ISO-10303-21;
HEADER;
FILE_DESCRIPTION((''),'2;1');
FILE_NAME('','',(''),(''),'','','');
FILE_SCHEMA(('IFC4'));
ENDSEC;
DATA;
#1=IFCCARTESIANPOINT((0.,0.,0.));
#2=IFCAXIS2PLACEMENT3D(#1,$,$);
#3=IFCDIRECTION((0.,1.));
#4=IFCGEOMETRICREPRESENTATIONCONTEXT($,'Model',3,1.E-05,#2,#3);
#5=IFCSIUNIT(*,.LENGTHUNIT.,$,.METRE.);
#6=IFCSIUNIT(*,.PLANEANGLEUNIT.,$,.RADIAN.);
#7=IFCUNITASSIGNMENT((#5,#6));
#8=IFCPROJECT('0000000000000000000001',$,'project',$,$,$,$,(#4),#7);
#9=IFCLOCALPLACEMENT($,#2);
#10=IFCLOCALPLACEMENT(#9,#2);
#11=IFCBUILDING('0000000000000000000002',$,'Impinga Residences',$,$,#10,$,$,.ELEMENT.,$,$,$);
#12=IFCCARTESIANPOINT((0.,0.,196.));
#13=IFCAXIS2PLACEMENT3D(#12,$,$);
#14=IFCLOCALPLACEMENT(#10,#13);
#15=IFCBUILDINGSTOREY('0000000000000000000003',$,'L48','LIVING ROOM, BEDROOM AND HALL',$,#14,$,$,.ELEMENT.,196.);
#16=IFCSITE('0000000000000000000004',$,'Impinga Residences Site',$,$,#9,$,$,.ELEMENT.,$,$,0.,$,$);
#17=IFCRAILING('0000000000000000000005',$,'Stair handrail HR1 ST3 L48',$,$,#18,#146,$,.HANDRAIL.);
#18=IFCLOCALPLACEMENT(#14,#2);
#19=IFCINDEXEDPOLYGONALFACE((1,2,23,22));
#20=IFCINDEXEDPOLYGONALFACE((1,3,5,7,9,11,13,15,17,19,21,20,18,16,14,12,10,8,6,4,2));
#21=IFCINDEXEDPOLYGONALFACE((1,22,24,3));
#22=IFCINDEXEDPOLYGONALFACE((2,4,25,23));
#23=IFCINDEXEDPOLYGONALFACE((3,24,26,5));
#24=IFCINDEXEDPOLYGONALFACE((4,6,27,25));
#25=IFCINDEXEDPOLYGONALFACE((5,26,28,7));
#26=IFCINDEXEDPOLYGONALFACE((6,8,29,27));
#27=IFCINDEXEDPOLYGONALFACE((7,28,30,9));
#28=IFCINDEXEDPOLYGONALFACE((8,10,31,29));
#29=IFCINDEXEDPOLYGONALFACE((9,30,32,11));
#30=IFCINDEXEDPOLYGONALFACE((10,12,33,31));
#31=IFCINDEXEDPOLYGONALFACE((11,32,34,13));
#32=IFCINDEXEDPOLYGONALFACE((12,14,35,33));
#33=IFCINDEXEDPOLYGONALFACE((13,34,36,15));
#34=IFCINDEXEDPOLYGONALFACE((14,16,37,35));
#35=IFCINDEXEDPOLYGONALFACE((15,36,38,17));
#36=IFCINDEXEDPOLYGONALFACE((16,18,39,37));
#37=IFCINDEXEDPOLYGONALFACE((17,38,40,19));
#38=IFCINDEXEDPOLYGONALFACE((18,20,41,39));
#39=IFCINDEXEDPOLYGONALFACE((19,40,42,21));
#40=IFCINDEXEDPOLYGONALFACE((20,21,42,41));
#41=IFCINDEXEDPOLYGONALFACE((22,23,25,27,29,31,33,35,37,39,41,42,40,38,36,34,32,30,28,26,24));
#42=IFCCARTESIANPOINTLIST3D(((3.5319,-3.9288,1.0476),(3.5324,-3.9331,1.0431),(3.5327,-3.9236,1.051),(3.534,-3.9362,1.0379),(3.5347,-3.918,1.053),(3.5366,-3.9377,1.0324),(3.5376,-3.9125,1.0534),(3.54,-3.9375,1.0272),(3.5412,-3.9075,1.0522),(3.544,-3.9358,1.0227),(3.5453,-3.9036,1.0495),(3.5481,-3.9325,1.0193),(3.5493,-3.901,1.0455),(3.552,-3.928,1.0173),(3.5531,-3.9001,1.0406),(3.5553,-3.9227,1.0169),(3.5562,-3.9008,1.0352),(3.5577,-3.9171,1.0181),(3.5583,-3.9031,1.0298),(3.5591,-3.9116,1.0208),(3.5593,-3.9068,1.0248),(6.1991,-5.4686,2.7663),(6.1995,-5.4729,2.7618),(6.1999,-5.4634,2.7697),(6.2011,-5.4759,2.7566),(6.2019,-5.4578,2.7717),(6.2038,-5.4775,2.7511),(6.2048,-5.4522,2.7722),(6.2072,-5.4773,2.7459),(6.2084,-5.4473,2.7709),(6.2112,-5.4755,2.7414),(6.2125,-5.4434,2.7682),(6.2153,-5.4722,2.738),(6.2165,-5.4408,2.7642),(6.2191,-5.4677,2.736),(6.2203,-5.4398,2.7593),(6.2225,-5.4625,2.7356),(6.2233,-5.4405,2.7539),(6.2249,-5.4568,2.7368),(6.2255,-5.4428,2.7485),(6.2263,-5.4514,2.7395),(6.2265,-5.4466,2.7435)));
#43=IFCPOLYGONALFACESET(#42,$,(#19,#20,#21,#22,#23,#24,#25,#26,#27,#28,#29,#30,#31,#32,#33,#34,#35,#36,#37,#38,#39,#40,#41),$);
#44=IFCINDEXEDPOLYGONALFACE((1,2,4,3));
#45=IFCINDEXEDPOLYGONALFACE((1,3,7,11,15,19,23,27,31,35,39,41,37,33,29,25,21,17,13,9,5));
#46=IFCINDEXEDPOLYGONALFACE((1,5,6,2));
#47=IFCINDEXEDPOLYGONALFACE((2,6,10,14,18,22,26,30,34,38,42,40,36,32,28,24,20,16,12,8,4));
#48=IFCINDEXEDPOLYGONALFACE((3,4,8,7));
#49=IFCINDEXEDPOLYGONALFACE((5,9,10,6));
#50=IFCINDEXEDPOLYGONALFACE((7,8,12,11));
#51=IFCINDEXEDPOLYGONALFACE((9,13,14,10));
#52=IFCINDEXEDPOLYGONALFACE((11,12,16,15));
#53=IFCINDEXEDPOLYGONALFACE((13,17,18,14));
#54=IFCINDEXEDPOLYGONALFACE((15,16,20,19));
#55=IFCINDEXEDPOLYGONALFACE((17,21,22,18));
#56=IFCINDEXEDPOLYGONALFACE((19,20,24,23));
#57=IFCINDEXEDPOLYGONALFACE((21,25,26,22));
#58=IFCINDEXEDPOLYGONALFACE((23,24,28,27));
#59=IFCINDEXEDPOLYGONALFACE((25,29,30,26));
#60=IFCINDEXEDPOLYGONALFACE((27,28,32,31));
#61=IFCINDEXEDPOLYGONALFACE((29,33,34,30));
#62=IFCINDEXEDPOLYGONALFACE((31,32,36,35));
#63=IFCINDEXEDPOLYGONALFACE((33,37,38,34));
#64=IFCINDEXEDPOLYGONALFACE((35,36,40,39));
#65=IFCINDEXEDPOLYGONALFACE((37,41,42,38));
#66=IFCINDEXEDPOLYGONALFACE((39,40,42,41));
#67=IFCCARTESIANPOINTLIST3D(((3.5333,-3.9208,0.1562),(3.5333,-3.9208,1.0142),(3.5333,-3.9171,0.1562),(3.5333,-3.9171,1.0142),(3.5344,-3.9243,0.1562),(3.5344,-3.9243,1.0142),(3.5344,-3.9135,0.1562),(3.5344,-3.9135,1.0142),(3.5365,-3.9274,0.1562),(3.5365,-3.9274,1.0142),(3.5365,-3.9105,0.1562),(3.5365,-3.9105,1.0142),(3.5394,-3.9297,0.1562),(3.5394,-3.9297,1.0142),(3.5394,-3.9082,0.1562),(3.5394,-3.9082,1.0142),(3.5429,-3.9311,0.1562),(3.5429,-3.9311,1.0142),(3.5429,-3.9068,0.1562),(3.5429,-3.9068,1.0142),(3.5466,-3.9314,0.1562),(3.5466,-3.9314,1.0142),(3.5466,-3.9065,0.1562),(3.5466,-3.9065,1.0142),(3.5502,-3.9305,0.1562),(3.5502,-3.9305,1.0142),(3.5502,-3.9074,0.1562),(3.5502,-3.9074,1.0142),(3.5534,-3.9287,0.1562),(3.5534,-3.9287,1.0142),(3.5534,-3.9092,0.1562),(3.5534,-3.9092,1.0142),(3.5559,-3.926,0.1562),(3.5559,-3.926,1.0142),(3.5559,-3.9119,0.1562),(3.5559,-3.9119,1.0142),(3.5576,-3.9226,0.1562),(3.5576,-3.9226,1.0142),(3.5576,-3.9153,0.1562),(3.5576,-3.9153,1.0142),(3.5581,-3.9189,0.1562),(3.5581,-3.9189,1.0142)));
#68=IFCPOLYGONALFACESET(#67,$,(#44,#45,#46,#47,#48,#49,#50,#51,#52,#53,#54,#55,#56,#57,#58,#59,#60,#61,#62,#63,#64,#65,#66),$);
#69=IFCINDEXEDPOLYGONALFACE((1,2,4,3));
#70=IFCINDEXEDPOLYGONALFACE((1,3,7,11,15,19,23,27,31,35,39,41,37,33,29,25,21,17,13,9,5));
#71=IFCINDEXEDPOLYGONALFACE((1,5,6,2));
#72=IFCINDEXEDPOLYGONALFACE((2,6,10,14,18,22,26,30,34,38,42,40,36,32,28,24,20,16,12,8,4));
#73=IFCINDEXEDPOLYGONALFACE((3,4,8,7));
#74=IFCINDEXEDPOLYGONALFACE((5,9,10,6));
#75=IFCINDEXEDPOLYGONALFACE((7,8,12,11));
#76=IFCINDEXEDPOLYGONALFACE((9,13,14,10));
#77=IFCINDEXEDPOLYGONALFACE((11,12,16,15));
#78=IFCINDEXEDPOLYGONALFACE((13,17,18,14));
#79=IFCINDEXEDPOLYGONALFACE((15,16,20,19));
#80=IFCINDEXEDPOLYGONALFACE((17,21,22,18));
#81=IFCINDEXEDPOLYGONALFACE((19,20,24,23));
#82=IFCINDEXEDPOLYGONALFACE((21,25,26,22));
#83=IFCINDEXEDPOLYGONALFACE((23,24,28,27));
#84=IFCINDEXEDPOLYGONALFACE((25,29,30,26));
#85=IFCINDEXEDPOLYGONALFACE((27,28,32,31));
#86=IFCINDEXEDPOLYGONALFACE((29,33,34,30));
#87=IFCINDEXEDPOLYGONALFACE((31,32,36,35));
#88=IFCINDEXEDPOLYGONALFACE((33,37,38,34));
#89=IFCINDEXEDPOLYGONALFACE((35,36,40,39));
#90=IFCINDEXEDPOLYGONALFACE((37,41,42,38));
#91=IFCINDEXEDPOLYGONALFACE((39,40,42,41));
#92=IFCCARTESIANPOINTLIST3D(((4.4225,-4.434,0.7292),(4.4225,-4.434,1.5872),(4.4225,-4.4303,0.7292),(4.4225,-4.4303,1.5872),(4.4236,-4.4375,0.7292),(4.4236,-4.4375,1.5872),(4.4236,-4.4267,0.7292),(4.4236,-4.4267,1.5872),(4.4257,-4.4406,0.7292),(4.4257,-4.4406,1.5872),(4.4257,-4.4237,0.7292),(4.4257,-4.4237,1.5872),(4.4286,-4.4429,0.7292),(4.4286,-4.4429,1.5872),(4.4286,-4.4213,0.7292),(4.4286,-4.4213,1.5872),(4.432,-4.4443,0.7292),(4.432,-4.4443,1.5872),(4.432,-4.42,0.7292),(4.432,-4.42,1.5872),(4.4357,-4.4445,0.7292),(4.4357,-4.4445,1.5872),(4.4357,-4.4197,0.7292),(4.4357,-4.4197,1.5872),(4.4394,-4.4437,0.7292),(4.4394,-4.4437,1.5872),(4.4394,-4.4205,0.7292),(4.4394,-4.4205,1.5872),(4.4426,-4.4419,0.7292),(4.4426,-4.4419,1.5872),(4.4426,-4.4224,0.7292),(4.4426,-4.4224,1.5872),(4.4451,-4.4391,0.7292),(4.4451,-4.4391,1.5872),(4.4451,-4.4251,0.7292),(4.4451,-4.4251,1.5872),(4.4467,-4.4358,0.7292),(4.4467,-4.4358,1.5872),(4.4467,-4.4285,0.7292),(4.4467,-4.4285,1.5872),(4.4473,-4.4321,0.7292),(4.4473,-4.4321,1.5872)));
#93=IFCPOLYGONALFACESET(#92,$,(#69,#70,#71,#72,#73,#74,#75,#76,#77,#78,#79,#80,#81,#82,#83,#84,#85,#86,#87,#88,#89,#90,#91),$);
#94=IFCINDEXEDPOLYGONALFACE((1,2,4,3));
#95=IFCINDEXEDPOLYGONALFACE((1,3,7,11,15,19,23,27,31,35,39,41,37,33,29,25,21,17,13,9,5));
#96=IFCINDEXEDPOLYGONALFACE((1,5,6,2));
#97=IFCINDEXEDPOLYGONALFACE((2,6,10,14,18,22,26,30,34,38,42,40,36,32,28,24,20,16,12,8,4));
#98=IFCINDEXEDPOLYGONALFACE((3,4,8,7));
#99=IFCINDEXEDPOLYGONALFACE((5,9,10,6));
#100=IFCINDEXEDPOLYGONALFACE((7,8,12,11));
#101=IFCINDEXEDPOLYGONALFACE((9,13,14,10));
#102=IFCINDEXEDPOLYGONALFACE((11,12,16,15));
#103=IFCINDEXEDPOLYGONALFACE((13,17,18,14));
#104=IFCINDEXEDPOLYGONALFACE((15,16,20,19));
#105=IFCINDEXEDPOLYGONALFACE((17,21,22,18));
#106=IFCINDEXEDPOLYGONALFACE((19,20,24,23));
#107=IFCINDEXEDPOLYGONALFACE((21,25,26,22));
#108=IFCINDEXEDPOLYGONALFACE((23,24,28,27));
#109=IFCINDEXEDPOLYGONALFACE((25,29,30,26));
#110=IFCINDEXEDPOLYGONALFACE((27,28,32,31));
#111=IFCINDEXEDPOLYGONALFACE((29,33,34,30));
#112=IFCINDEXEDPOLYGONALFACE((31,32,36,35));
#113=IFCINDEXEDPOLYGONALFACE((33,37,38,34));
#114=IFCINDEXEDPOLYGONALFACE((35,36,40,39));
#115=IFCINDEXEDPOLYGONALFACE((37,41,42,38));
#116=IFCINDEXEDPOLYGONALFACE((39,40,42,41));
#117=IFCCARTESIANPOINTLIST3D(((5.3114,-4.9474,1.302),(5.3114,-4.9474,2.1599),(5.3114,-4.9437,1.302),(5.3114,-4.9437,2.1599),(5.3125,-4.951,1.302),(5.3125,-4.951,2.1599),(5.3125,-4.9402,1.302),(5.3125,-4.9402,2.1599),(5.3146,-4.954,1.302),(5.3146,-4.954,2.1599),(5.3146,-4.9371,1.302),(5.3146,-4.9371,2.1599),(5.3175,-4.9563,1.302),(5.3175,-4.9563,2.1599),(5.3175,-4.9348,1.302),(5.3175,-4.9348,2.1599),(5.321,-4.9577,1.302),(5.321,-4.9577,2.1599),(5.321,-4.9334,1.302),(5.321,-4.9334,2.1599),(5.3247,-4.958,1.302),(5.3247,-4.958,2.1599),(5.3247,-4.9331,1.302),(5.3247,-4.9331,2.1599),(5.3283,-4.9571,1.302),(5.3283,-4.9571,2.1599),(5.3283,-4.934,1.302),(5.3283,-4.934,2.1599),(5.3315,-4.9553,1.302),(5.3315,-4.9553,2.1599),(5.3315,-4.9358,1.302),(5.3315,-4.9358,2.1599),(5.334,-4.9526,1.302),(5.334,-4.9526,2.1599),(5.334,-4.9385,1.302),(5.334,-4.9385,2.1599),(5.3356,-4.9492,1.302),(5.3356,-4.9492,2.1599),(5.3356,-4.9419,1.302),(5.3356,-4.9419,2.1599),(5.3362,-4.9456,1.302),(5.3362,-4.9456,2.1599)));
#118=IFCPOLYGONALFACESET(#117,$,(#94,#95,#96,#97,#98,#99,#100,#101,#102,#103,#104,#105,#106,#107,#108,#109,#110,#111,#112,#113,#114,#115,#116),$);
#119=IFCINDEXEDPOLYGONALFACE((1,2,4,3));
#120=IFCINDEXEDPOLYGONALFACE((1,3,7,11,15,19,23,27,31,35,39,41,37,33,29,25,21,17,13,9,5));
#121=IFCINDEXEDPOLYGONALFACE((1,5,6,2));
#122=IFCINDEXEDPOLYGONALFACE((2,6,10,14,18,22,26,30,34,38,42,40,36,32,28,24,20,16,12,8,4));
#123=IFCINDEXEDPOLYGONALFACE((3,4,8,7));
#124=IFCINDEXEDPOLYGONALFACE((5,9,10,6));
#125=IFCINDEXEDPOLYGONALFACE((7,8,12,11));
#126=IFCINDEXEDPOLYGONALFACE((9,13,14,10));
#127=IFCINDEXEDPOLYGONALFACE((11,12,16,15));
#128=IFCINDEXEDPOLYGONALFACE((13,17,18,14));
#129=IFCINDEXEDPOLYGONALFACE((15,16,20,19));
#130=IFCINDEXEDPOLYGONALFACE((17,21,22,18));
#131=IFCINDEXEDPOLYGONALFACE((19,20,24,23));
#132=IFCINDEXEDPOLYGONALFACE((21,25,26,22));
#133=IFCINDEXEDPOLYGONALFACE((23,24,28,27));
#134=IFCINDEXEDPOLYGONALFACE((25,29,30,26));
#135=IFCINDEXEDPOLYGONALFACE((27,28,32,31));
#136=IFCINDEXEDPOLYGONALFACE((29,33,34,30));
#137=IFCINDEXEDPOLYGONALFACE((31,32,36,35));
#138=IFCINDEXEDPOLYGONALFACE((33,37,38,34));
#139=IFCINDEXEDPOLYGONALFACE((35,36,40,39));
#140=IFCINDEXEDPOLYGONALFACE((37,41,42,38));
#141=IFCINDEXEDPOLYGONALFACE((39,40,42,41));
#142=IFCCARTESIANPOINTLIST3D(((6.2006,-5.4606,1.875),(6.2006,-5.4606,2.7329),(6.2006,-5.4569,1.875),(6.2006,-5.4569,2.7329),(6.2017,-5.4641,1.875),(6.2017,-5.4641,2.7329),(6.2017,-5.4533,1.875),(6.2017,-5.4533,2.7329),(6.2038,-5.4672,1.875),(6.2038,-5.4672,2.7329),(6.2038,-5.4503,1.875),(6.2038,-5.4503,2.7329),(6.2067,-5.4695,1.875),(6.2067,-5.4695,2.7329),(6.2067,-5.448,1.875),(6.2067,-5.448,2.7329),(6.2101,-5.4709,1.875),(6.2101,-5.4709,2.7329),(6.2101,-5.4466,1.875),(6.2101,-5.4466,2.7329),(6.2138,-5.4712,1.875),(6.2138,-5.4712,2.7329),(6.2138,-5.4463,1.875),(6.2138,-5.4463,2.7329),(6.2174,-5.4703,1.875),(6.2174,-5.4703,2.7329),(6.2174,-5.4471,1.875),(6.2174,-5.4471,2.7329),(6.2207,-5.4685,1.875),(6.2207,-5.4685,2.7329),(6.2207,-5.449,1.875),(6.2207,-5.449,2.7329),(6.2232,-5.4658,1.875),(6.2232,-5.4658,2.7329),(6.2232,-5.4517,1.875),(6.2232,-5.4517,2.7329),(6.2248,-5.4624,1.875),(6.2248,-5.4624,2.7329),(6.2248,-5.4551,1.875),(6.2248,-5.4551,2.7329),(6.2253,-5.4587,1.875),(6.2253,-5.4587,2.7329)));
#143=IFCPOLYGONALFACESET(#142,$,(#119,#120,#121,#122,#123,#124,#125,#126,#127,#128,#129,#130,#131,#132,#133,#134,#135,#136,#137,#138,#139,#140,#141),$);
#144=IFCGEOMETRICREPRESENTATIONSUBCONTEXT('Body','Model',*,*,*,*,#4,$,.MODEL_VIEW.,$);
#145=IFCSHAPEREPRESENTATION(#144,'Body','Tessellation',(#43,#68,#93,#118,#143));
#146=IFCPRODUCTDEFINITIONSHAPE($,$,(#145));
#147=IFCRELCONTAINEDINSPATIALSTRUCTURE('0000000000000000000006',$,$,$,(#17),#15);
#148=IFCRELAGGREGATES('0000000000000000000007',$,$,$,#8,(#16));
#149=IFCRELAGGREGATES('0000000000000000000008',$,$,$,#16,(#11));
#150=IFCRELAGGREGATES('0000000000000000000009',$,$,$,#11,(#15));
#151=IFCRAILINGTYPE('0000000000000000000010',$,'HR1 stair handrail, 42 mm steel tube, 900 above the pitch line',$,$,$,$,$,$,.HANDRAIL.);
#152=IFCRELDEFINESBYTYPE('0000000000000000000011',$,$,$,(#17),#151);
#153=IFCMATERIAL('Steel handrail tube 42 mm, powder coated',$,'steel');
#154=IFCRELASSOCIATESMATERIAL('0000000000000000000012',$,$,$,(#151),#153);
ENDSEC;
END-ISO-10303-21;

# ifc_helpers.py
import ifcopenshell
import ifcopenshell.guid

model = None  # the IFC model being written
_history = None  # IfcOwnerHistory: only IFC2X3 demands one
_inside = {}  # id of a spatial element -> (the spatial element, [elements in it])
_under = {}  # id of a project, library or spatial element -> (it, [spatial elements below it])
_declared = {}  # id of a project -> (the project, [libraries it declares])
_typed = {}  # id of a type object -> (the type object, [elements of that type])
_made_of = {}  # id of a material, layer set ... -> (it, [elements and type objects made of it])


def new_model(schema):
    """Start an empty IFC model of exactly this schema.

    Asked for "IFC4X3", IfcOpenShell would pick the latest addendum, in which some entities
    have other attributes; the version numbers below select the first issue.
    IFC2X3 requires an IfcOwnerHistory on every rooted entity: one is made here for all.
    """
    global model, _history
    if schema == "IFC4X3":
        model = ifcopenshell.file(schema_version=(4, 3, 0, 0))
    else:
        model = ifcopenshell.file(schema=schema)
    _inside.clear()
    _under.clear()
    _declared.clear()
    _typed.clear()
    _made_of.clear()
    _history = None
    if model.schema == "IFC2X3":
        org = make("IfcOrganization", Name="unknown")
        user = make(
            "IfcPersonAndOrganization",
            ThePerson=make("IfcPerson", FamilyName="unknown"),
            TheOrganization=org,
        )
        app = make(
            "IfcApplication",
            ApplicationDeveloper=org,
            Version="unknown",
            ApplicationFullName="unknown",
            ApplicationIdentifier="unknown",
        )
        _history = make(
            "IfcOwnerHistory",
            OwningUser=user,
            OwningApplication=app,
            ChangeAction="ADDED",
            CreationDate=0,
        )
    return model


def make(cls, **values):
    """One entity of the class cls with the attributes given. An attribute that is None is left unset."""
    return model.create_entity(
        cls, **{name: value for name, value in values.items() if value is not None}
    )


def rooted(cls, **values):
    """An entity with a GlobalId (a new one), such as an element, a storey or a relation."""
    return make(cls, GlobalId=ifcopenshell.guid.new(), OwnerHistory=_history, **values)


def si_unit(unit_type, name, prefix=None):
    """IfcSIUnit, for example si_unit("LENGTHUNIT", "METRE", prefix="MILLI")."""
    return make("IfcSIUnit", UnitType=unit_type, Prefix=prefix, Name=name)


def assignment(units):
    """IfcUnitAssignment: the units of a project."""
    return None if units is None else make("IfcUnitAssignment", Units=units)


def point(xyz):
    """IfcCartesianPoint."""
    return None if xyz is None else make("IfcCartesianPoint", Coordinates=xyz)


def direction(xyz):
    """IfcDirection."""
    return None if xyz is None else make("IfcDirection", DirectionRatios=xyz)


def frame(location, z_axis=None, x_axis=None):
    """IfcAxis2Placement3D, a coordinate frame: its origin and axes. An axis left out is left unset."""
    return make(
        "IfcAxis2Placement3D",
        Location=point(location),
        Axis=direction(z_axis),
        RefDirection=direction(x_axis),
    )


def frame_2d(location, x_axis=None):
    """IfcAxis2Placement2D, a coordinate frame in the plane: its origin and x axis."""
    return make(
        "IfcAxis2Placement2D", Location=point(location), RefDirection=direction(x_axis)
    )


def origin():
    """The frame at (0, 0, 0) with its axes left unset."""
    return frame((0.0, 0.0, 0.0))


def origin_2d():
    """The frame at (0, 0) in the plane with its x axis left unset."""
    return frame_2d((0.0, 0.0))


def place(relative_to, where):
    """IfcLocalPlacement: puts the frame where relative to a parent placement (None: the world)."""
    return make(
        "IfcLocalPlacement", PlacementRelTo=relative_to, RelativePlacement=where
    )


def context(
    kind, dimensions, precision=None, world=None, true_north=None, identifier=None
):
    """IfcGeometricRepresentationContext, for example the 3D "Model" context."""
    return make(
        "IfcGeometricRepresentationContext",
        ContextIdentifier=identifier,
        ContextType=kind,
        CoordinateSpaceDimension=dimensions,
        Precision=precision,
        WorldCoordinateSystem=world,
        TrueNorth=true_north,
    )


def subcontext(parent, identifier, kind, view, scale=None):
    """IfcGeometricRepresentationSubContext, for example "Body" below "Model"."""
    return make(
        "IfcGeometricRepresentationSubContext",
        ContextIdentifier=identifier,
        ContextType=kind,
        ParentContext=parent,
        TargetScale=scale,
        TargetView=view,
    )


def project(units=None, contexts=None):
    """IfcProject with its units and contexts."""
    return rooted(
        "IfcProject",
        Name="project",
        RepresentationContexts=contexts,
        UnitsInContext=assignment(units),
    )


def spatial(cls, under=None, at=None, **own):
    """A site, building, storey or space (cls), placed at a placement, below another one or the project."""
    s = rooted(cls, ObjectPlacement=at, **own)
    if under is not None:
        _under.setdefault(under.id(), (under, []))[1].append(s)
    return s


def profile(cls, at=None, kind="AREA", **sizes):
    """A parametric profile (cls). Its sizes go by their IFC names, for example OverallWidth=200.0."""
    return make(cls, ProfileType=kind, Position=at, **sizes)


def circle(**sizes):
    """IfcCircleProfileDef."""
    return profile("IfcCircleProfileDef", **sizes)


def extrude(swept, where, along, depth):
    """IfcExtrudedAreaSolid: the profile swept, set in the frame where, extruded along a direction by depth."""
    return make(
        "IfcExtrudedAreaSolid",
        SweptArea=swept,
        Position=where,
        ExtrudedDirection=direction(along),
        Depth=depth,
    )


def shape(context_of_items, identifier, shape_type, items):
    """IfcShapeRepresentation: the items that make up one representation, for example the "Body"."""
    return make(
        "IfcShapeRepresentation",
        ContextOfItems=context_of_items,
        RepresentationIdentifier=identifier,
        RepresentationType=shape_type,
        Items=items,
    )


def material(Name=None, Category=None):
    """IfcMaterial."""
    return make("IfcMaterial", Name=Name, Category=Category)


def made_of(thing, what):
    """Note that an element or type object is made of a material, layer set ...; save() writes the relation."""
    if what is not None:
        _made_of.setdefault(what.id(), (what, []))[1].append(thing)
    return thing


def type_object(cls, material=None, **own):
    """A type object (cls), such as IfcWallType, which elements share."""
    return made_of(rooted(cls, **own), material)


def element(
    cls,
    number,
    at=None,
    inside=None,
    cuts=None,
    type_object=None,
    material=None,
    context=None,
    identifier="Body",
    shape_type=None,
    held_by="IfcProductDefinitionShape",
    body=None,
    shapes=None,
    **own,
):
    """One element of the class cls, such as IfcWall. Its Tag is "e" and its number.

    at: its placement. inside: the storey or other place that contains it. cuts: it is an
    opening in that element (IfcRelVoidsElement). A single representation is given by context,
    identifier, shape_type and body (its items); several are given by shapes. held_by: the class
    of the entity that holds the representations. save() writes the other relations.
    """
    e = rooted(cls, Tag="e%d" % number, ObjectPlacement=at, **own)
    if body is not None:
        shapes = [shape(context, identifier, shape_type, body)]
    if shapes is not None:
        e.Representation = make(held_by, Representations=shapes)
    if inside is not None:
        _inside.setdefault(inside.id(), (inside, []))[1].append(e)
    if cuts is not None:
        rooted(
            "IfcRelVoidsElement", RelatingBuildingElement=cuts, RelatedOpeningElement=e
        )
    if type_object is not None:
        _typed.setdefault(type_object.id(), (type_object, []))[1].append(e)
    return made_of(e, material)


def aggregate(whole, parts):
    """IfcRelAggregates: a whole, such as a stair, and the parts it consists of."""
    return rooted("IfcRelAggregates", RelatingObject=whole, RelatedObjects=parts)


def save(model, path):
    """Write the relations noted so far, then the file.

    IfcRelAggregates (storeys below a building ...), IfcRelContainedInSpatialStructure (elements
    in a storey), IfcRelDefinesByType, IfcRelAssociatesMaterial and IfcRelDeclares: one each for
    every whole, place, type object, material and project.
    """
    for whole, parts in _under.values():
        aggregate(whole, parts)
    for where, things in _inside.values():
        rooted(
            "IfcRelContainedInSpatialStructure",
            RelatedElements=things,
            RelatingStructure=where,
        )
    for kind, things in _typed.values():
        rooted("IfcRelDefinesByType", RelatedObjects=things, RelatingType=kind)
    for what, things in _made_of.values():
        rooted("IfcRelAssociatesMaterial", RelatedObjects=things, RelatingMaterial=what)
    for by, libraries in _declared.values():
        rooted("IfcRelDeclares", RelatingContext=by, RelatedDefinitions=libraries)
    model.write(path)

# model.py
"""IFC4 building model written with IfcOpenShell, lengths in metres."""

from ifc_helpers import new_model, si_unit, direction, frame, origin, origin_2d, place, context, subcontext, project, spatial, circle, extrude, material, type_object, element, save


model = new_model("IFC4")

# Units and contexts
model_context = context("Model", 3, precision=1e-05, world=origin(), true_north=direction((0.0, 1.0)))
body_context = subcontext(model_context, "Body", "Model", "MODEL_VIEW")
ifc_project = project(units=[si_unit("LENGTHUNIT", "METRE"), si_unit("PLANEANGLEUNIT", "RADIAN")], contexts=[model_context])

# Site, building, storey
site_placement = place(None, origin())
site = spatial("IfcSite", under=ifc_project, at=site_placement, Name="Impinga Residences Site", CompositionType="ELEMENT", RefElevation=0.0)
building_placement = place(site_placement, origin())
building = spatial("IfcBuilding", under=site, at=building_placement, Name="Impinga Residences", CompositionType="ELEMENT")
storey_placement = place(building_placement, frame((0.0, 0.0, 196.0)))
storey = spatial("IfcBuildingStorey", under=building, at=storey_placement, Name="L48", Description="LIVING ROOM, BEDROOM AND HALL", CompositionType="ELEMENT", Elevation=196.0)

# Railing
ifc_material_1 = material(Name="Steel handrail tube 42 mm, powder coated", Category="steel")
railing_type_1 = type_object("IfcRailingType", Name="HR1 stair handrail, 42 mm steel tube, 900 above the pitch line", PredefinedType="HANDRAIL", material=ifc_material_1)
railing_1_placement = place(storey_placement, frame((3.5457, -3.9189, 0.1562)))
element("IfcRailing", 1, at=railing_1_placement, inside=storey, type_object=railing_type_1, Name="Stair handrail HR1 ST3 L48", PredefinedType="HANDRAIL", context=body_context, shape_type="SweptSolid", body=[
    extrude(circle(Radius=0.021, at=origin_2d()), frame((0.0, 0.0, 0.8789), z_axis=(0.756249, -0.436582, 0.487322), x_axis=(0.499967, 0.866044, 0.0)), (0.0, 0.0, 1.0), 3.5269),
    extrude(circle(Radius=0.0125, at=origin_2d()), origin(), (0.0, 0.0, 1.0), 0.8579),
    extrude(circle(Radius=0.0125, at=origin_2d()), frame((0.8892, -0.5132, 0.573)), (0.0, 0.0, 1.0), 0.8579),
    extrude(circle(Radius=0.0125, at=origin_2d()), frame((1.7781, -1.0266, 1.1458)), (0.0, 0.0, 1.0), 0.8579),
    extrude(circle(Radius=0.0125, at=origin_2d()), frame((2.6672, -1.5398, 1.7188)), (0.0, 0.0, 1.0), 0.8579),
])

save(model, "model.ifc")
